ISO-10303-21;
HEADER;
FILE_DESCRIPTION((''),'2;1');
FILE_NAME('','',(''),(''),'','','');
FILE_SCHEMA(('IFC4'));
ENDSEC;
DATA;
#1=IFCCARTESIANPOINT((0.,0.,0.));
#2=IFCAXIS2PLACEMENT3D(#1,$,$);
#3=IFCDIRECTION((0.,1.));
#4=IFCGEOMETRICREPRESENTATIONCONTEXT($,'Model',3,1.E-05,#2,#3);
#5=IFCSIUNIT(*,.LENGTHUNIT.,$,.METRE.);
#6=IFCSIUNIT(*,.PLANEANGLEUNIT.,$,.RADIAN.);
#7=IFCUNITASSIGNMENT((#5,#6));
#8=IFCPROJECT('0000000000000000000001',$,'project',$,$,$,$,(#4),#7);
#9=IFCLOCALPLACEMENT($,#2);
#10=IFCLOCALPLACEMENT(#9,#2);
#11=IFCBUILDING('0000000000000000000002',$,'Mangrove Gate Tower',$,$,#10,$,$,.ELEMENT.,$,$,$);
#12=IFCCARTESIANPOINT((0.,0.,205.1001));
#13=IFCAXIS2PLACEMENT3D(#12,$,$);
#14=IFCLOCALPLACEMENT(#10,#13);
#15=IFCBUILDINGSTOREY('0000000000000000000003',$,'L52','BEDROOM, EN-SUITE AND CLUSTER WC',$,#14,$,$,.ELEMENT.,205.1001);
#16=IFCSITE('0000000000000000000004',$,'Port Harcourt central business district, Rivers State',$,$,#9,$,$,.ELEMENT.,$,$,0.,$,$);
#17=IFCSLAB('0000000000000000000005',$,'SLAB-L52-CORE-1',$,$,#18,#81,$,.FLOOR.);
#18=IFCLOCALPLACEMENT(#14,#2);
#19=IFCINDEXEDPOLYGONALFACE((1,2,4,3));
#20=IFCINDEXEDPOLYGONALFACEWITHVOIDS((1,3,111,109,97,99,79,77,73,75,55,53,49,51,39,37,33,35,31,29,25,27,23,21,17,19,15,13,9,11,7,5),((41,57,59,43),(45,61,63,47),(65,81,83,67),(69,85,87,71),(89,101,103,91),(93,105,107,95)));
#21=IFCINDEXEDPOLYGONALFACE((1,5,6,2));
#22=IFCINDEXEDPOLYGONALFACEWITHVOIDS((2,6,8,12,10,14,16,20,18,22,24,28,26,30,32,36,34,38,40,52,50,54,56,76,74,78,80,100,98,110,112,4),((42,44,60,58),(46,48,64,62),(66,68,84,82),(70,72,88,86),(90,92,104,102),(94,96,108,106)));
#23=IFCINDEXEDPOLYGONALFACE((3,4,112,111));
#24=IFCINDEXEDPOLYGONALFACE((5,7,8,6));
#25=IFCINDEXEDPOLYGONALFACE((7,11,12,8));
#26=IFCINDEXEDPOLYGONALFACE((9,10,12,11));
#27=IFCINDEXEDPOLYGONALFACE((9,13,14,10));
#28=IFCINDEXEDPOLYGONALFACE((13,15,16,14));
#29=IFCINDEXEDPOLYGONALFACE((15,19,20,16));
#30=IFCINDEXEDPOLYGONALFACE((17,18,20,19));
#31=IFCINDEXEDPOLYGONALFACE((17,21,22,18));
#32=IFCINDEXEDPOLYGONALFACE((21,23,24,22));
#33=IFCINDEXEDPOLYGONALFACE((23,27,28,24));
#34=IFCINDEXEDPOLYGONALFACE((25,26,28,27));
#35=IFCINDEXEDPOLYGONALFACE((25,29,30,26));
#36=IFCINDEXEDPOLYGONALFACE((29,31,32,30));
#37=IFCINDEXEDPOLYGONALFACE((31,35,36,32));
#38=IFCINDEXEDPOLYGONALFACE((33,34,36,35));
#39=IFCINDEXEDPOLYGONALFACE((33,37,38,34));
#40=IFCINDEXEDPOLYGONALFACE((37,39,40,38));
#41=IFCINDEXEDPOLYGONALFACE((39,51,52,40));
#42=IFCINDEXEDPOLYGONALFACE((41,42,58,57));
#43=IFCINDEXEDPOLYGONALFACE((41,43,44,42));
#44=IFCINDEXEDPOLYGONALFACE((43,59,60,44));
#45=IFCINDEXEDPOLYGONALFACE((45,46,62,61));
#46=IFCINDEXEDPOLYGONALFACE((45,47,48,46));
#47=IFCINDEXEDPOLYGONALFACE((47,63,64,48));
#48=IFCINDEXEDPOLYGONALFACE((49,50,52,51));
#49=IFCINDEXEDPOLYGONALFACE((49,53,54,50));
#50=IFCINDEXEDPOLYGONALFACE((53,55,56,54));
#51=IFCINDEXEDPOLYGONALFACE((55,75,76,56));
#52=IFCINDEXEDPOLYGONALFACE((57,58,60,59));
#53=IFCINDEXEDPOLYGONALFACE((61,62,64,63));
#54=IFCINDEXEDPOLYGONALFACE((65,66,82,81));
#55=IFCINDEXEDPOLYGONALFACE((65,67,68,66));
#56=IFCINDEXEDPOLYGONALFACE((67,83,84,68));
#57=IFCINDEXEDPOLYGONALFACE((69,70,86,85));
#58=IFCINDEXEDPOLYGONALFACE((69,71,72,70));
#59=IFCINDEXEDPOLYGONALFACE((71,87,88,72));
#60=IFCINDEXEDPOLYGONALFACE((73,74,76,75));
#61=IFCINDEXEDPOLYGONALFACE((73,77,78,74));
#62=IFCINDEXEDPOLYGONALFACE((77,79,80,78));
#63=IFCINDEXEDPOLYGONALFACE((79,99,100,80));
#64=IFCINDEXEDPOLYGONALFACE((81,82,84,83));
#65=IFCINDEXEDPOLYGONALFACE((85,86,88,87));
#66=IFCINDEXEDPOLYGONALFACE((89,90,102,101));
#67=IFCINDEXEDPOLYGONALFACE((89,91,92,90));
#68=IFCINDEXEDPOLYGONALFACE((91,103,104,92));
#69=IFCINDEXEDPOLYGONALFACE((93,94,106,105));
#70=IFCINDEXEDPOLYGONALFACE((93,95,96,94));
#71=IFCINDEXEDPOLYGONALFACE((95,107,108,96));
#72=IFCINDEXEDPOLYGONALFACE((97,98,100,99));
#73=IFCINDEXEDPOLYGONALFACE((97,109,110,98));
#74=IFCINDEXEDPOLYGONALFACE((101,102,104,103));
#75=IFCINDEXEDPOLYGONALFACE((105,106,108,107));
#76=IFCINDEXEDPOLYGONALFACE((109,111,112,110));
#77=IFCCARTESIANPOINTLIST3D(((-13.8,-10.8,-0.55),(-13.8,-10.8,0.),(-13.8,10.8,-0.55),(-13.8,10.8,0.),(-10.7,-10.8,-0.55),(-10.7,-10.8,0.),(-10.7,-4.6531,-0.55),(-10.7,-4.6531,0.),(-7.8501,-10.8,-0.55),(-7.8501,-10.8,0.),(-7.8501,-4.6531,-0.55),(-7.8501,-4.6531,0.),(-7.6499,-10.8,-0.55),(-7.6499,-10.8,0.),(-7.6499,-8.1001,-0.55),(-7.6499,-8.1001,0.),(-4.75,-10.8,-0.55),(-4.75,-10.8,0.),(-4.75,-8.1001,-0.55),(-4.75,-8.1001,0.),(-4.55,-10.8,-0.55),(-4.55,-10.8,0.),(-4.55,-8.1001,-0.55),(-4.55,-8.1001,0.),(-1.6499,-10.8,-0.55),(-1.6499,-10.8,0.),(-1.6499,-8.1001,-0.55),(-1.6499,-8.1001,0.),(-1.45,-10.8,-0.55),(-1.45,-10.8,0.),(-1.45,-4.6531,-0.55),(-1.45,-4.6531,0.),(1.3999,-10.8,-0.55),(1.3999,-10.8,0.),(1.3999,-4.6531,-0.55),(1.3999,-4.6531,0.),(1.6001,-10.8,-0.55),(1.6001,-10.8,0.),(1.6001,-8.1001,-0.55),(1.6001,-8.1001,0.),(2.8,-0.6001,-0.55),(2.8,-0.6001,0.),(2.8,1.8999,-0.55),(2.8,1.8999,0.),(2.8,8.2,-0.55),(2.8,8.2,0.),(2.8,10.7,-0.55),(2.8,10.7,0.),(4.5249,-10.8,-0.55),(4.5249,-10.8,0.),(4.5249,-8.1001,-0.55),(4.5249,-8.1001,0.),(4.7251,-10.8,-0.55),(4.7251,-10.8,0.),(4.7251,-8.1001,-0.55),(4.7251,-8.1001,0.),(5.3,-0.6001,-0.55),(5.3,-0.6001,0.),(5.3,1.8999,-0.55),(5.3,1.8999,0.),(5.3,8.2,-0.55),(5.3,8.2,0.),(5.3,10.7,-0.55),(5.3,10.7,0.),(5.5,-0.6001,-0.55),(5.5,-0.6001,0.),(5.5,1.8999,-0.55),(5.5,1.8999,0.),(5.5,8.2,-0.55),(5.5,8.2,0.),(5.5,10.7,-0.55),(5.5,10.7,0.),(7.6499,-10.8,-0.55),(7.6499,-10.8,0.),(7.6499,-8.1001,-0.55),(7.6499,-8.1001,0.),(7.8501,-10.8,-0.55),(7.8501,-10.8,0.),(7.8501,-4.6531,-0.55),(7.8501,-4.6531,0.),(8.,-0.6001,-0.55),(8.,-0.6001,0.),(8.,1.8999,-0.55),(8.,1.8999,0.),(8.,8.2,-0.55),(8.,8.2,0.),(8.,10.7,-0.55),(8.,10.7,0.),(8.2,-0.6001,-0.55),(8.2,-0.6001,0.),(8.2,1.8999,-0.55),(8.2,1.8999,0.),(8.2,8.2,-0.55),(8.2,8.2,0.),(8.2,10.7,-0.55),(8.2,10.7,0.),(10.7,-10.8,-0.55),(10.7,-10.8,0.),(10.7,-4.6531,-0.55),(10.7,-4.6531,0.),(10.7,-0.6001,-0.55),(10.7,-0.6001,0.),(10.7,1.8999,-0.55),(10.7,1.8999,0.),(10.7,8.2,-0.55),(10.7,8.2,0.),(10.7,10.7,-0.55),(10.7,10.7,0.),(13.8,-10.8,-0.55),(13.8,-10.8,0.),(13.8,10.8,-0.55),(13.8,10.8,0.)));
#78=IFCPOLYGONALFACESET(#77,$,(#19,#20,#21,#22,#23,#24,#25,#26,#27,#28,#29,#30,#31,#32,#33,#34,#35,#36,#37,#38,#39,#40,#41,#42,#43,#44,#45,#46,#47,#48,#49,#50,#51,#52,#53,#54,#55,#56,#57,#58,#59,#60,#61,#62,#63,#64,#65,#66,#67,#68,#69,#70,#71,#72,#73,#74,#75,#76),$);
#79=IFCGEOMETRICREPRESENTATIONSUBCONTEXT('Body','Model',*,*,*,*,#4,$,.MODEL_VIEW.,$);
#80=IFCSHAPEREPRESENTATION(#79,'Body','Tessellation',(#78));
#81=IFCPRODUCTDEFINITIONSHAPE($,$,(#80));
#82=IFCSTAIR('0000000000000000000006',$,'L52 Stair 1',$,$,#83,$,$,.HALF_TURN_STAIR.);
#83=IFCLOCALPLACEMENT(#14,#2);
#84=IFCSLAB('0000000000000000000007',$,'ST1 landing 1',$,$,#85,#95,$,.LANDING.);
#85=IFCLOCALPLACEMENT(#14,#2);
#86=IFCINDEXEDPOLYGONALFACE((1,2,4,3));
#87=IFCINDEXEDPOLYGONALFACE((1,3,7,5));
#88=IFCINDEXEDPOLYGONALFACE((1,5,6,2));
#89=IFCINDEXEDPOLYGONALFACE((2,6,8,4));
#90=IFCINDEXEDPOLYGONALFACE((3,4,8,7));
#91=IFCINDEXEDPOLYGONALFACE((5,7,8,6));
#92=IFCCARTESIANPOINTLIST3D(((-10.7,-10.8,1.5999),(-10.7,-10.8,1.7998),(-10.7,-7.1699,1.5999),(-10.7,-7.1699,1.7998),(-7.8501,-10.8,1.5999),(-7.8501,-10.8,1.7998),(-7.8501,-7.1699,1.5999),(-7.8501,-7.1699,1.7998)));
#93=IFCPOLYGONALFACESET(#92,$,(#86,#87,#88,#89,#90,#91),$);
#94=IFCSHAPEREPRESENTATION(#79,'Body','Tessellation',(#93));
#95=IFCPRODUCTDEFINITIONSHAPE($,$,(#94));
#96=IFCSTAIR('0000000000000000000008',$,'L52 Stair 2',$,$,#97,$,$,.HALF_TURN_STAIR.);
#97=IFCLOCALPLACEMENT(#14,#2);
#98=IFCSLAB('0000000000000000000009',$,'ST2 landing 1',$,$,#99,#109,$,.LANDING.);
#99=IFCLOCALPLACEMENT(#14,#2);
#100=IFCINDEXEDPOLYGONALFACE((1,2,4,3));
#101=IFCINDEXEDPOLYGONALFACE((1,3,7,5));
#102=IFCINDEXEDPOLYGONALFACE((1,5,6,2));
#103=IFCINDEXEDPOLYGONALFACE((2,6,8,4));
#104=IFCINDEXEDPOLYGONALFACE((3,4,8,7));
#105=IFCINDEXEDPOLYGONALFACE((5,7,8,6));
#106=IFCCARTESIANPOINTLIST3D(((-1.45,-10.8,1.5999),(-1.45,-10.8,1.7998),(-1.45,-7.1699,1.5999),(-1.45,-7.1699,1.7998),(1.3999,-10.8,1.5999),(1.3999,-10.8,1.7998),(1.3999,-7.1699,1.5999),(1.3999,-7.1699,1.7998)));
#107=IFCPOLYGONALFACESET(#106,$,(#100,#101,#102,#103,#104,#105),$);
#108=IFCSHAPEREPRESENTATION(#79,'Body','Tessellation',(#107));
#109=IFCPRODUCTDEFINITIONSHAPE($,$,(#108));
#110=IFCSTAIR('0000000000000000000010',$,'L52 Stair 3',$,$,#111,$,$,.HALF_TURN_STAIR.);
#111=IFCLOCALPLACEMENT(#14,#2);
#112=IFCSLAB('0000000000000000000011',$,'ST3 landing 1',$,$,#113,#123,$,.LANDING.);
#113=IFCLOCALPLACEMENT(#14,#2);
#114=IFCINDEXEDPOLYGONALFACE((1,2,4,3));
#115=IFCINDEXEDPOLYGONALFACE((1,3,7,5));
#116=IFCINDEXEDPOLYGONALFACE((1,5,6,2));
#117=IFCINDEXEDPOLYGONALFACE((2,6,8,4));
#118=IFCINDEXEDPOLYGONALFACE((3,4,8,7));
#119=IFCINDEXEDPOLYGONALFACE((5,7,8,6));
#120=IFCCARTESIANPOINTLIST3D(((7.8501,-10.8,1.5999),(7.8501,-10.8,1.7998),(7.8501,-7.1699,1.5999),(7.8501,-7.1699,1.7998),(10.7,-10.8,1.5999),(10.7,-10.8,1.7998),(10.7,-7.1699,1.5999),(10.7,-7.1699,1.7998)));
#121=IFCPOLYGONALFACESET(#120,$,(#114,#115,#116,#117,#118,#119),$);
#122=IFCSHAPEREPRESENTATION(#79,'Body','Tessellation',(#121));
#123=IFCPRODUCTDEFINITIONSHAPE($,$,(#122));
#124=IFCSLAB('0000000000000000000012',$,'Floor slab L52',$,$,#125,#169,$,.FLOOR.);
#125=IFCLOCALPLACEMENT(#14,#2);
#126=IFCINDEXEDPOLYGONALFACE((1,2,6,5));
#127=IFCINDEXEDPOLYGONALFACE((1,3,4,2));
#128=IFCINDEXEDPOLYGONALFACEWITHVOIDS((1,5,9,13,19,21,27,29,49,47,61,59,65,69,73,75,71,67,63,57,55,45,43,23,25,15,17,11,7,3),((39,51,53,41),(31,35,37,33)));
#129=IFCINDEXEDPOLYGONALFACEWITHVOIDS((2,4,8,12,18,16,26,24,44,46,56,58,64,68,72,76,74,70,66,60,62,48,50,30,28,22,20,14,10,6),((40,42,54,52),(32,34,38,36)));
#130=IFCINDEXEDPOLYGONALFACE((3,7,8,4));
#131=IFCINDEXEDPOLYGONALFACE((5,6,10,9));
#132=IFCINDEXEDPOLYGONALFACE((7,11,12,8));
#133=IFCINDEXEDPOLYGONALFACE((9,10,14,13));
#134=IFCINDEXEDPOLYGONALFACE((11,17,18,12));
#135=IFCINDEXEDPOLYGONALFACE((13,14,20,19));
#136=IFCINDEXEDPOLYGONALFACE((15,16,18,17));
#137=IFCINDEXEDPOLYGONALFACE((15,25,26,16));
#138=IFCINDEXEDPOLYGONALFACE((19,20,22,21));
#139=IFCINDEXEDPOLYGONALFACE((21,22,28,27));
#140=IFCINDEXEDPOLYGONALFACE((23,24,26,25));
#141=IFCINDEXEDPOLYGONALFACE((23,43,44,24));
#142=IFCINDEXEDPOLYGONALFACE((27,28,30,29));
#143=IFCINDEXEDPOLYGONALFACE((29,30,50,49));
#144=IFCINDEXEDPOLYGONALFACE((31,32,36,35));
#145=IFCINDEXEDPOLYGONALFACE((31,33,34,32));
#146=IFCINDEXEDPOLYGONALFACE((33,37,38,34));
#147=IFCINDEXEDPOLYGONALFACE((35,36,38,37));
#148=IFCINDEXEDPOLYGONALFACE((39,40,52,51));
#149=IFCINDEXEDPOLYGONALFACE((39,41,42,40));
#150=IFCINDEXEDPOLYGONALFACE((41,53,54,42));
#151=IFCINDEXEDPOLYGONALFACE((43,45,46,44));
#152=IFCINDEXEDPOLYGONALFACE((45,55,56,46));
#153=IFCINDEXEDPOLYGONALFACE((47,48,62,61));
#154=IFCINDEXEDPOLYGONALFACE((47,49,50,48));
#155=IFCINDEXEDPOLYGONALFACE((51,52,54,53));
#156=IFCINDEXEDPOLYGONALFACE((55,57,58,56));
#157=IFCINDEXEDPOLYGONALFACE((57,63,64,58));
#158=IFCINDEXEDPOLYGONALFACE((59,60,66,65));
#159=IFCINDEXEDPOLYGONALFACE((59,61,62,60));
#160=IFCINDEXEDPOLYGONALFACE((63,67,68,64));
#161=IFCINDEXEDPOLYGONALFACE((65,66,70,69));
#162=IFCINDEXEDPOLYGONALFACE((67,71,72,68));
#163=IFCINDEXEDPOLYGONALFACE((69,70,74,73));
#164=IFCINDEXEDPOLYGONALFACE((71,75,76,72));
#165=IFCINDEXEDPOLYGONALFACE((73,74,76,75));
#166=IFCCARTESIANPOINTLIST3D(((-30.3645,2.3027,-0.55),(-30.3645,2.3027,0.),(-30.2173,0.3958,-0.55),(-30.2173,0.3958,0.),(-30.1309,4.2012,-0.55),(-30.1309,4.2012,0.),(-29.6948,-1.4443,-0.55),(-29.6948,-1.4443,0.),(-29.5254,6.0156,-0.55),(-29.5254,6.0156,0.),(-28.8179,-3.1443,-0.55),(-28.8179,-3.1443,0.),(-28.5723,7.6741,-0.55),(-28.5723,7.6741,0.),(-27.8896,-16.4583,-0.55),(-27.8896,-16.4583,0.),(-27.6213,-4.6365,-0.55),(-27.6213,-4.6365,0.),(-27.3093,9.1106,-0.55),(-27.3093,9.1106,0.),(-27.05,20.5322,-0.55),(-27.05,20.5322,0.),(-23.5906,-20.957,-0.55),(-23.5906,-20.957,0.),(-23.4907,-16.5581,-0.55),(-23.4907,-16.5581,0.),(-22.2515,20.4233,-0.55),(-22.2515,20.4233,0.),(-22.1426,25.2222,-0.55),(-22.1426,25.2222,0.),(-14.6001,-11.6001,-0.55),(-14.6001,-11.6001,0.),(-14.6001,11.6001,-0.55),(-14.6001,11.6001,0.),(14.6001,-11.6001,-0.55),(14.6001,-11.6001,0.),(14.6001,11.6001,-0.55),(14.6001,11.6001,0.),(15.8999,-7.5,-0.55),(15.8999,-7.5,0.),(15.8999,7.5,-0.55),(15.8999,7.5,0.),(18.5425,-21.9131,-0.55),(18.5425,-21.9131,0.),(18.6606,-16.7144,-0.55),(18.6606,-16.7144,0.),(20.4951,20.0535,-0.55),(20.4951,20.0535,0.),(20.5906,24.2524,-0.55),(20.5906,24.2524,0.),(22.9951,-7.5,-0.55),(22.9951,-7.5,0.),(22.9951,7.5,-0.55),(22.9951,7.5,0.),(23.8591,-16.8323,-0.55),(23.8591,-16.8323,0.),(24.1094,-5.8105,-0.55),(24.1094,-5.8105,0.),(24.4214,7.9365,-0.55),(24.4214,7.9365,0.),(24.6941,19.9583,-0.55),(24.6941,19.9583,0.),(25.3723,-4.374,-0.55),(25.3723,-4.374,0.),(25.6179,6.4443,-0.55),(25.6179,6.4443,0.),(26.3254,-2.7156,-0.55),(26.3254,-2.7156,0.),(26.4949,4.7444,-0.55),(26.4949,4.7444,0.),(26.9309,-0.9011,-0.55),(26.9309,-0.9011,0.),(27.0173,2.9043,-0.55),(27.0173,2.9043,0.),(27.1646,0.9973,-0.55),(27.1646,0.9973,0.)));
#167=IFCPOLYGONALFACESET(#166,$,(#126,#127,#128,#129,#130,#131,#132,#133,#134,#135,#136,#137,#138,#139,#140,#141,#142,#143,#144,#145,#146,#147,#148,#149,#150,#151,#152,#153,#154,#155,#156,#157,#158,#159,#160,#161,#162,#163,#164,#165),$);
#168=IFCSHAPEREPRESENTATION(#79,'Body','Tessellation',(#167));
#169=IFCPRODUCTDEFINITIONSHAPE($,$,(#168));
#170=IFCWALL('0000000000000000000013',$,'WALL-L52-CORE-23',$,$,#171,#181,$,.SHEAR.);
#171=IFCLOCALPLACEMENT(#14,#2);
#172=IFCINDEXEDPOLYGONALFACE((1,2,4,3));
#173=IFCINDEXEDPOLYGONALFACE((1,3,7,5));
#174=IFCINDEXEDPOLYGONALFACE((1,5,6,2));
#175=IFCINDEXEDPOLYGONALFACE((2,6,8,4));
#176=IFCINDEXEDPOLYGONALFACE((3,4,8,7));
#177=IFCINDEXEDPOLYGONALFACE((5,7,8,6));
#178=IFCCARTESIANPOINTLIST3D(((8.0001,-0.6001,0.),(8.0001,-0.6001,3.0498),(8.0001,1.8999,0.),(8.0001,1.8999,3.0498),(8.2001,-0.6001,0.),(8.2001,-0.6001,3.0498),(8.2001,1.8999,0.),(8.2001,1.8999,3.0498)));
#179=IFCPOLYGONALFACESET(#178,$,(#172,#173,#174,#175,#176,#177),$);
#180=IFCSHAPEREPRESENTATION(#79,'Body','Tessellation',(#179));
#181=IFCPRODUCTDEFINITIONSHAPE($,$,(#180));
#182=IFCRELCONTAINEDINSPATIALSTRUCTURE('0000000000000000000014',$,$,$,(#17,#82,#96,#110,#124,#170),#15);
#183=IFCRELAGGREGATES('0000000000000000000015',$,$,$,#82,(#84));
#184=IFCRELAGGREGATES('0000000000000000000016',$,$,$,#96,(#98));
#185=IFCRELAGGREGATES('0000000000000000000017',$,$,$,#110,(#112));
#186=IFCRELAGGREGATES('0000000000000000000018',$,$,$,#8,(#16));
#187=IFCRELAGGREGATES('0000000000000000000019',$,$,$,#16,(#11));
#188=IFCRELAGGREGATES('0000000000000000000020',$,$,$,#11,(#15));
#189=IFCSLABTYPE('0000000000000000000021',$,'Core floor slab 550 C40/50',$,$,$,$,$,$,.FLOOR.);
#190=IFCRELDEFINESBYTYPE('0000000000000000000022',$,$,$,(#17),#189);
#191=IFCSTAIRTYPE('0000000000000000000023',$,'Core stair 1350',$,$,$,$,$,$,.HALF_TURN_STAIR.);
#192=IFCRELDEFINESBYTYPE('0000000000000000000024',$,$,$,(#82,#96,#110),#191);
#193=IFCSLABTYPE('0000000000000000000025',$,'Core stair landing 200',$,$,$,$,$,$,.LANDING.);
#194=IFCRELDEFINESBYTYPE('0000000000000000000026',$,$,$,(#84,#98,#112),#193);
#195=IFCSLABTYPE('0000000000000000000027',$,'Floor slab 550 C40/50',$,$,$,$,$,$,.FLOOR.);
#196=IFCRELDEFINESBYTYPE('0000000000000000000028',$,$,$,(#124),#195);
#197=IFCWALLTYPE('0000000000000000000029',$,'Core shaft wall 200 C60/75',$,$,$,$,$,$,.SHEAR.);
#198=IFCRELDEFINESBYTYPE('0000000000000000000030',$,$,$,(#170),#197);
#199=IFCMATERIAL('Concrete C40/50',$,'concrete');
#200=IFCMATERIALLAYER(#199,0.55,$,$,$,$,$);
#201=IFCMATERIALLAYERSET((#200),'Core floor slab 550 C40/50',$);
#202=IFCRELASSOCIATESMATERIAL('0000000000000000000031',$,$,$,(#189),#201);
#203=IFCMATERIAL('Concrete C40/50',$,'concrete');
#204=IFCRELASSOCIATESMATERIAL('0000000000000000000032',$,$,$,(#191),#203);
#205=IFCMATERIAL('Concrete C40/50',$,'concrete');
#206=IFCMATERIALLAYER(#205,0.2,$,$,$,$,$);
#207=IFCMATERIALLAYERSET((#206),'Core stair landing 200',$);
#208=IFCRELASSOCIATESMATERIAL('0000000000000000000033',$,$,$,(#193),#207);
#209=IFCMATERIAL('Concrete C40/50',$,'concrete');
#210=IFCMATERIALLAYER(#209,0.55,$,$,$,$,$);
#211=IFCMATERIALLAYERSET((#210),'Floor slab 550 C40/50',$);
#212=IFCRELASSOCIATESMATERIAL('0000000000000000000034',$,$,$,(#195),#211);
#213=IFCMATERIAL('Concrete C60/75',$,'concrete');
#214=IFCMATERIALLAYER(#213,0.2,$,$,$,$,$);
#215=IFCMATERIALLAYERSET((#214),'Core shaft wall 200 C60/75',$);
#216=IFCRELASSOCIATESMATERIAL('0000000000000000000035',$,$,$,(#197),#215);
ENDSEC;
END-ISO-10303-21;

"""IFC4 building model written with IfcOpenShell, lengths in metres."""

from ifc_helpers import new_model, si_unit, direction, frame, frame_2d, origin, place, context, subcontext, project, spatial, polyline, rectangle, outline, extrude, material, layer, layer_set, type_object, element, aggregate, save


model = new_model("IFC4")

# Units and contexts
model_context = context("Model", 3, precision=1e-05, world=origin(), true_north=direction((0.0, 1.0)))
body_context = subcontext(model_context, "Body", "Model", "MODEL_VIEW")
ifc_project = project(units=[si_unit("LENGTHUNIT", "METRE"), si_unit("PLANEANGLEUNIT", "RADIAN")], contexts=[model_context])

# Site, building, storey
site_placement = place(None, origin())
site = spatial("IfcSite", under=ifc_project, at=site_placement, Name="Port Harcourt central business district, Rivers State", CompositionType="ELEMENT", RefElevation=0.0)
building_placement = place(site_placement, origin())
building = spatial("IfcBuilding", under=site, at=building_placement, Name="Mangrove Gate Tower", CompositionType="ELEMENT")
storey_placement = place(building_placement, frame((0.0, 0.0, 205.1001)))
storey = spatial("IfcBuildingStorey", under=building, at=storey_placement, Name="L52", Description="BEDROOM, EN-SUITE AND CLUSTER WC", CompositionType="ELEMENT", Elevation=205.1001)

# Slab
ifc_material_1 = material(Name="Concrete C40/50", Category="concrete")
ifc_layer_1 = layer(ifc_material_1, 0.55)
ifc_layer_set_1 = layer_set([ifc_layer_1], Name="Core floor slab 550 C40/50")
slab_type_1 = type_object("IfcSlabType", Name="Core floor slab 550 C40/50", PredefinedType="FLOOR", material=ifc_layer_set_1)
slab_1_placement = place(storey_placement, frame((0.0, 0.0, -0.55)))
element("IfcSlab", 1, at=slab_1_placement, inside=storey, type_object=slab_type_1, Name="SLAB-L52-CORE-1", PredefinedType="FLOOR", context=body_context, shape_type="SweptSolid", body=[
    extrude(outline(polyline([(-13.8, -10.8), (-13.8, 10.8), (13.8, 10.8), (13.8, -10.8), (10.7, -10.8), (10.7, -4.6531), (7.8501, -4.6531), (7.8501, -10.8), (7.6499, -10.8), (7.6499, -8.1001), (4.7251, -8.1001), (4.7251, -10.8), (4.5249, -10.8), (4.5249, -8.1001), (1.6001, -8.1001), (1.6001, -10.8), (1.3999, -10.8), (1.3999, -4.6531), (-1.45, -4.6531), (-1.45, -10.8), (-1.6499, -10.8), (-1.6499, -8.1001), (-4.55, -8.1001), (-4.55, -10.8), (-4.75, -10.8), (-4.75, -8.1001), (-7.6499, -8.1001), (-7.6499, -10.8), (-7.8501, -10.8), (-7.8501, -4.6531), (-10.7, -4.6531), (-10.7, -10.8), (-13.8, -10.8)]), holes=[polyline([(5.3, -0.6001), (5.3, 1.8999), (2.8, 1.8999), (2.8, -0.6001), (5.3, -0.6001)]), polyline([(5.3, 10.7), (2.8, 10.7), (2.8, 8.2), (5.3, 8.2), (5.3, 10.7)]), polyline([(8.0, -0.6001), (8.0, 1.8999), (5.5, 1.8999), (5.5, -0.6001), (8.0, -0.6001)]), polyline([(10.7, -0.6001), (10.7, 1.8999), (8.2, 1.8999), (8.2, -0.6001), (10.7, -0.6001)]), polyline([(8.0, 8.2), (8.0, 10.7), (5.5, 10.7), (5.5, 8.2), (8.0, 8.2)]), polyline([(10.7, 8.2), (10.7, 10.7), (8.2, 10.7), (8.2, 8.2), (10.7, 8.2)])]), origin(), (0.0, 0.0, 1.0), 0.55),
])

# Stairs, slabs
ifc_material_2 = material(Name="Concrete C40/50", Category="concrete")
stair_type = type_object("IfcStairType", Name="Core stair 1350", PredefinedType="HALF_TURN_STAIR", material=ifc_material_2)
stair_1_placement = place(storey_placement, origin())
stair_1 = element("IfcStair", 2, at=stair_1_placement, inside=storey, type_object=stair_type, Name="L52 Stair 1", PredefinedType="HALF_TURN_STAIR")
ifc_material_3 = material(Name="Concrete C40/50", Category="concrete")
ifc_layer_2 = layer(ifc_material_3, 0.2)
ifc_layer_set_2 = layer_set([ifc_layer_2], Name="Core stair landing 200")
slab_type_2 = type_object("IfcSlabType", Name="Core stair landing 200", PredefinedType="LANDING", material=ifc_layer_set_2)
slab_2_placement = place(storey_placement, frame((0.0, 0.0, 1.5999)))
slab_2 = element("IfcSlab", 3, at=slab_2_placement, type_object=slab_type_2, Name="ST1 landing 1", PredefinedType="LANDING", context=body_context, shape_type="SweptSolid", body=[
    extrude(outline(polyline([(-10.7, -7.1699), (-10.7, -10.8), (-7.8501, -10.8), (-7.8501, -7.1699), (-10.7, -7.1699)])), origin(), (0.0, 0.0, 1.0), 0.2),
])
aggregate(stair_1, [slab_2])
stair_2_placement = place(storey_placement, origin())
stair_2 = element("IfcStair", 4, at=stair_2_placement, inside=storey, type_object=stair_type, Name="L52 Stair 2", PredefinedType="HALF_TURN_STAIR")
slab_3_placement = place(storey_placement, frame((0.0, 0.0, 1.5999)))
slab_3 = element("IfcSlab", 5, at=slab_3_placement, type_object=slab_type_2, Name="ST2 landing 1", PredefinedType="LANDING", context=body_context, shape_type="SweptSolid", body=[
    extrude(outline(polyline([(-1.45, -7.1699), (-1.45, -10.8), (1.3999, -10.8), (1.3999, -7.1699), (-1.45, -7.1699)])), origin(), (0.0, 0.0, 1.0), 0.2),
])
aggregate(stair_2, [slab_3])
stair_3_placement = place(storey_placement, origin())
stair_3 = element("IfcStair", 6, at=stair_3_placement, inside=storey, type_object=stair_type, Name="L52 Stair 3", PredefinedType="HALF_TURN_STAIR")
slab_4_placement = place(storey_placement, frame((0.0, 0.0, 1.5999)))
slab_4 = element("IfcSlab", 7, at=slab_4_placement, type_object=slab_type_2, Name="ST3 landing 1", PredefinedType="LANDING", context=body_context, shape_type="SweptSolid", body=[
    extrude(outline(polyline([(7.8501, -7.1699), (7.8501, -10.8), (10.7, -10.8), (10.7, -7.1699), (7.8501, -7.1699)])), origin(), (0.0, 0.0, 1.0), 0.2),
])
aggregate(stair_3, [slab_4])

# Slab
ifc_material_4 = material(Name="Concrete C40/50", Category="concrete")
ifc_layer_3 = layer(ifc_material_4, 0.55)
ifc_layer_set_3 = layer_set([ifc_layer_3], Name="Floor slab 550 C40/50")
slab_type_3 = type_object("IfcSlabType", Name="Floor slab 550 C40/50", PredefinedType="FLOOR", material=ifc_layer_set_3)
slab_5_placement = place(storey_placement, frame((0.0, 0.0, -0.55)))
element("IfcSlab", 8, at=slab_5_placement, inside=storey, type_object=slab_type_3, Name="Floor slab L52", PredefinedType="FLOOR", context=body_context, shape_type="SweptSolid", body=[
    extrude(outline(polyline([(-23.5906, -20.957), (18.5425, -21.9131), (18.6606, -16.7144), (23.8591, -16.8323), (24.1094, -5.8105), (25.3723, -4.374), (26.3254, -2.7156), (26.9309, -0.9011), (27.1646, 0.9973), (27.0173, 2.9043), (26.4949, 4.7444), (25.6179, 6.4443), (24.4214, 7.9365), (24.6941, 19.9583), (20.4951, 20.0535), (20.5906, 24.2524), (-22.1426, 25.2222), (-22.2515, 20.4233), (-27.05, 20.5322), (-27.3093, 9.1106), (-28.5723, 7.6741), (-29.5254, 6.0156), (-30.1309, 4.2012), (-30.3645, 2.3027), (-30.2173, 0.3958), (-29.6948, -1.4443), (-28.8179, -3.1443), (-27.6213, -4.6365), (-27.8896, -16.4583), (-23.4907, -16.5581), (-23.5906, -20.957)]), holes=[polyline([(15.8999, 7.5), (22.9951, 7.5), (22.9951, -7.5), (15.8999, -7.5), (15.8999, 7.5)]), polyline([(-14.6001, -11.6001), (-14.6001, 11.6001), (14.6001, 11.6001), (14.6001, -11.6001), (-14.6001, -11.6001)])]), origin(), (0.0, 0.0, 1.0), 0.55),
])

# Wall
ifc_material_5 = material(Name="Concrete C60/75", Category="concrete")
ifc_layer_4 = layer(ifc_material_5, 0.2)
ifc_layer_set_4 = layer_set([ifc_layer_4], Name="Core shaft wall 200 C60/75")
wall_type = type_object("IfcWallType", Name="Core shaft wall 200 C60/75", PredefinedType="SHEAR", material=ifc_layer_set_4)
for number, where, z_axis, x_axis, name in (
    (9, (8.1001, -0.6001, 0.0), (0.0, 0.0, 1.0), (0.0, 1.0, 0.0), "WALL-L52-CORE-23"),
):
    element("IfcWall", number, at=place(storey_placement, frame(where, z_axis=z_axis, x_axis=x_axis)), inside=storey, type_object=wall_type, Name=name, PredefinedType="SHEAR", context=body_context, shape_type="SweptSolid", body=[
        extrude(rectangle(XDim=2.5, YDim=0.2, at=frame_2d((1.25, 0.0))), origin(), (0.0, 0.0, 1.0), 3.0498),
    ])

save(model, "model.ifc")
